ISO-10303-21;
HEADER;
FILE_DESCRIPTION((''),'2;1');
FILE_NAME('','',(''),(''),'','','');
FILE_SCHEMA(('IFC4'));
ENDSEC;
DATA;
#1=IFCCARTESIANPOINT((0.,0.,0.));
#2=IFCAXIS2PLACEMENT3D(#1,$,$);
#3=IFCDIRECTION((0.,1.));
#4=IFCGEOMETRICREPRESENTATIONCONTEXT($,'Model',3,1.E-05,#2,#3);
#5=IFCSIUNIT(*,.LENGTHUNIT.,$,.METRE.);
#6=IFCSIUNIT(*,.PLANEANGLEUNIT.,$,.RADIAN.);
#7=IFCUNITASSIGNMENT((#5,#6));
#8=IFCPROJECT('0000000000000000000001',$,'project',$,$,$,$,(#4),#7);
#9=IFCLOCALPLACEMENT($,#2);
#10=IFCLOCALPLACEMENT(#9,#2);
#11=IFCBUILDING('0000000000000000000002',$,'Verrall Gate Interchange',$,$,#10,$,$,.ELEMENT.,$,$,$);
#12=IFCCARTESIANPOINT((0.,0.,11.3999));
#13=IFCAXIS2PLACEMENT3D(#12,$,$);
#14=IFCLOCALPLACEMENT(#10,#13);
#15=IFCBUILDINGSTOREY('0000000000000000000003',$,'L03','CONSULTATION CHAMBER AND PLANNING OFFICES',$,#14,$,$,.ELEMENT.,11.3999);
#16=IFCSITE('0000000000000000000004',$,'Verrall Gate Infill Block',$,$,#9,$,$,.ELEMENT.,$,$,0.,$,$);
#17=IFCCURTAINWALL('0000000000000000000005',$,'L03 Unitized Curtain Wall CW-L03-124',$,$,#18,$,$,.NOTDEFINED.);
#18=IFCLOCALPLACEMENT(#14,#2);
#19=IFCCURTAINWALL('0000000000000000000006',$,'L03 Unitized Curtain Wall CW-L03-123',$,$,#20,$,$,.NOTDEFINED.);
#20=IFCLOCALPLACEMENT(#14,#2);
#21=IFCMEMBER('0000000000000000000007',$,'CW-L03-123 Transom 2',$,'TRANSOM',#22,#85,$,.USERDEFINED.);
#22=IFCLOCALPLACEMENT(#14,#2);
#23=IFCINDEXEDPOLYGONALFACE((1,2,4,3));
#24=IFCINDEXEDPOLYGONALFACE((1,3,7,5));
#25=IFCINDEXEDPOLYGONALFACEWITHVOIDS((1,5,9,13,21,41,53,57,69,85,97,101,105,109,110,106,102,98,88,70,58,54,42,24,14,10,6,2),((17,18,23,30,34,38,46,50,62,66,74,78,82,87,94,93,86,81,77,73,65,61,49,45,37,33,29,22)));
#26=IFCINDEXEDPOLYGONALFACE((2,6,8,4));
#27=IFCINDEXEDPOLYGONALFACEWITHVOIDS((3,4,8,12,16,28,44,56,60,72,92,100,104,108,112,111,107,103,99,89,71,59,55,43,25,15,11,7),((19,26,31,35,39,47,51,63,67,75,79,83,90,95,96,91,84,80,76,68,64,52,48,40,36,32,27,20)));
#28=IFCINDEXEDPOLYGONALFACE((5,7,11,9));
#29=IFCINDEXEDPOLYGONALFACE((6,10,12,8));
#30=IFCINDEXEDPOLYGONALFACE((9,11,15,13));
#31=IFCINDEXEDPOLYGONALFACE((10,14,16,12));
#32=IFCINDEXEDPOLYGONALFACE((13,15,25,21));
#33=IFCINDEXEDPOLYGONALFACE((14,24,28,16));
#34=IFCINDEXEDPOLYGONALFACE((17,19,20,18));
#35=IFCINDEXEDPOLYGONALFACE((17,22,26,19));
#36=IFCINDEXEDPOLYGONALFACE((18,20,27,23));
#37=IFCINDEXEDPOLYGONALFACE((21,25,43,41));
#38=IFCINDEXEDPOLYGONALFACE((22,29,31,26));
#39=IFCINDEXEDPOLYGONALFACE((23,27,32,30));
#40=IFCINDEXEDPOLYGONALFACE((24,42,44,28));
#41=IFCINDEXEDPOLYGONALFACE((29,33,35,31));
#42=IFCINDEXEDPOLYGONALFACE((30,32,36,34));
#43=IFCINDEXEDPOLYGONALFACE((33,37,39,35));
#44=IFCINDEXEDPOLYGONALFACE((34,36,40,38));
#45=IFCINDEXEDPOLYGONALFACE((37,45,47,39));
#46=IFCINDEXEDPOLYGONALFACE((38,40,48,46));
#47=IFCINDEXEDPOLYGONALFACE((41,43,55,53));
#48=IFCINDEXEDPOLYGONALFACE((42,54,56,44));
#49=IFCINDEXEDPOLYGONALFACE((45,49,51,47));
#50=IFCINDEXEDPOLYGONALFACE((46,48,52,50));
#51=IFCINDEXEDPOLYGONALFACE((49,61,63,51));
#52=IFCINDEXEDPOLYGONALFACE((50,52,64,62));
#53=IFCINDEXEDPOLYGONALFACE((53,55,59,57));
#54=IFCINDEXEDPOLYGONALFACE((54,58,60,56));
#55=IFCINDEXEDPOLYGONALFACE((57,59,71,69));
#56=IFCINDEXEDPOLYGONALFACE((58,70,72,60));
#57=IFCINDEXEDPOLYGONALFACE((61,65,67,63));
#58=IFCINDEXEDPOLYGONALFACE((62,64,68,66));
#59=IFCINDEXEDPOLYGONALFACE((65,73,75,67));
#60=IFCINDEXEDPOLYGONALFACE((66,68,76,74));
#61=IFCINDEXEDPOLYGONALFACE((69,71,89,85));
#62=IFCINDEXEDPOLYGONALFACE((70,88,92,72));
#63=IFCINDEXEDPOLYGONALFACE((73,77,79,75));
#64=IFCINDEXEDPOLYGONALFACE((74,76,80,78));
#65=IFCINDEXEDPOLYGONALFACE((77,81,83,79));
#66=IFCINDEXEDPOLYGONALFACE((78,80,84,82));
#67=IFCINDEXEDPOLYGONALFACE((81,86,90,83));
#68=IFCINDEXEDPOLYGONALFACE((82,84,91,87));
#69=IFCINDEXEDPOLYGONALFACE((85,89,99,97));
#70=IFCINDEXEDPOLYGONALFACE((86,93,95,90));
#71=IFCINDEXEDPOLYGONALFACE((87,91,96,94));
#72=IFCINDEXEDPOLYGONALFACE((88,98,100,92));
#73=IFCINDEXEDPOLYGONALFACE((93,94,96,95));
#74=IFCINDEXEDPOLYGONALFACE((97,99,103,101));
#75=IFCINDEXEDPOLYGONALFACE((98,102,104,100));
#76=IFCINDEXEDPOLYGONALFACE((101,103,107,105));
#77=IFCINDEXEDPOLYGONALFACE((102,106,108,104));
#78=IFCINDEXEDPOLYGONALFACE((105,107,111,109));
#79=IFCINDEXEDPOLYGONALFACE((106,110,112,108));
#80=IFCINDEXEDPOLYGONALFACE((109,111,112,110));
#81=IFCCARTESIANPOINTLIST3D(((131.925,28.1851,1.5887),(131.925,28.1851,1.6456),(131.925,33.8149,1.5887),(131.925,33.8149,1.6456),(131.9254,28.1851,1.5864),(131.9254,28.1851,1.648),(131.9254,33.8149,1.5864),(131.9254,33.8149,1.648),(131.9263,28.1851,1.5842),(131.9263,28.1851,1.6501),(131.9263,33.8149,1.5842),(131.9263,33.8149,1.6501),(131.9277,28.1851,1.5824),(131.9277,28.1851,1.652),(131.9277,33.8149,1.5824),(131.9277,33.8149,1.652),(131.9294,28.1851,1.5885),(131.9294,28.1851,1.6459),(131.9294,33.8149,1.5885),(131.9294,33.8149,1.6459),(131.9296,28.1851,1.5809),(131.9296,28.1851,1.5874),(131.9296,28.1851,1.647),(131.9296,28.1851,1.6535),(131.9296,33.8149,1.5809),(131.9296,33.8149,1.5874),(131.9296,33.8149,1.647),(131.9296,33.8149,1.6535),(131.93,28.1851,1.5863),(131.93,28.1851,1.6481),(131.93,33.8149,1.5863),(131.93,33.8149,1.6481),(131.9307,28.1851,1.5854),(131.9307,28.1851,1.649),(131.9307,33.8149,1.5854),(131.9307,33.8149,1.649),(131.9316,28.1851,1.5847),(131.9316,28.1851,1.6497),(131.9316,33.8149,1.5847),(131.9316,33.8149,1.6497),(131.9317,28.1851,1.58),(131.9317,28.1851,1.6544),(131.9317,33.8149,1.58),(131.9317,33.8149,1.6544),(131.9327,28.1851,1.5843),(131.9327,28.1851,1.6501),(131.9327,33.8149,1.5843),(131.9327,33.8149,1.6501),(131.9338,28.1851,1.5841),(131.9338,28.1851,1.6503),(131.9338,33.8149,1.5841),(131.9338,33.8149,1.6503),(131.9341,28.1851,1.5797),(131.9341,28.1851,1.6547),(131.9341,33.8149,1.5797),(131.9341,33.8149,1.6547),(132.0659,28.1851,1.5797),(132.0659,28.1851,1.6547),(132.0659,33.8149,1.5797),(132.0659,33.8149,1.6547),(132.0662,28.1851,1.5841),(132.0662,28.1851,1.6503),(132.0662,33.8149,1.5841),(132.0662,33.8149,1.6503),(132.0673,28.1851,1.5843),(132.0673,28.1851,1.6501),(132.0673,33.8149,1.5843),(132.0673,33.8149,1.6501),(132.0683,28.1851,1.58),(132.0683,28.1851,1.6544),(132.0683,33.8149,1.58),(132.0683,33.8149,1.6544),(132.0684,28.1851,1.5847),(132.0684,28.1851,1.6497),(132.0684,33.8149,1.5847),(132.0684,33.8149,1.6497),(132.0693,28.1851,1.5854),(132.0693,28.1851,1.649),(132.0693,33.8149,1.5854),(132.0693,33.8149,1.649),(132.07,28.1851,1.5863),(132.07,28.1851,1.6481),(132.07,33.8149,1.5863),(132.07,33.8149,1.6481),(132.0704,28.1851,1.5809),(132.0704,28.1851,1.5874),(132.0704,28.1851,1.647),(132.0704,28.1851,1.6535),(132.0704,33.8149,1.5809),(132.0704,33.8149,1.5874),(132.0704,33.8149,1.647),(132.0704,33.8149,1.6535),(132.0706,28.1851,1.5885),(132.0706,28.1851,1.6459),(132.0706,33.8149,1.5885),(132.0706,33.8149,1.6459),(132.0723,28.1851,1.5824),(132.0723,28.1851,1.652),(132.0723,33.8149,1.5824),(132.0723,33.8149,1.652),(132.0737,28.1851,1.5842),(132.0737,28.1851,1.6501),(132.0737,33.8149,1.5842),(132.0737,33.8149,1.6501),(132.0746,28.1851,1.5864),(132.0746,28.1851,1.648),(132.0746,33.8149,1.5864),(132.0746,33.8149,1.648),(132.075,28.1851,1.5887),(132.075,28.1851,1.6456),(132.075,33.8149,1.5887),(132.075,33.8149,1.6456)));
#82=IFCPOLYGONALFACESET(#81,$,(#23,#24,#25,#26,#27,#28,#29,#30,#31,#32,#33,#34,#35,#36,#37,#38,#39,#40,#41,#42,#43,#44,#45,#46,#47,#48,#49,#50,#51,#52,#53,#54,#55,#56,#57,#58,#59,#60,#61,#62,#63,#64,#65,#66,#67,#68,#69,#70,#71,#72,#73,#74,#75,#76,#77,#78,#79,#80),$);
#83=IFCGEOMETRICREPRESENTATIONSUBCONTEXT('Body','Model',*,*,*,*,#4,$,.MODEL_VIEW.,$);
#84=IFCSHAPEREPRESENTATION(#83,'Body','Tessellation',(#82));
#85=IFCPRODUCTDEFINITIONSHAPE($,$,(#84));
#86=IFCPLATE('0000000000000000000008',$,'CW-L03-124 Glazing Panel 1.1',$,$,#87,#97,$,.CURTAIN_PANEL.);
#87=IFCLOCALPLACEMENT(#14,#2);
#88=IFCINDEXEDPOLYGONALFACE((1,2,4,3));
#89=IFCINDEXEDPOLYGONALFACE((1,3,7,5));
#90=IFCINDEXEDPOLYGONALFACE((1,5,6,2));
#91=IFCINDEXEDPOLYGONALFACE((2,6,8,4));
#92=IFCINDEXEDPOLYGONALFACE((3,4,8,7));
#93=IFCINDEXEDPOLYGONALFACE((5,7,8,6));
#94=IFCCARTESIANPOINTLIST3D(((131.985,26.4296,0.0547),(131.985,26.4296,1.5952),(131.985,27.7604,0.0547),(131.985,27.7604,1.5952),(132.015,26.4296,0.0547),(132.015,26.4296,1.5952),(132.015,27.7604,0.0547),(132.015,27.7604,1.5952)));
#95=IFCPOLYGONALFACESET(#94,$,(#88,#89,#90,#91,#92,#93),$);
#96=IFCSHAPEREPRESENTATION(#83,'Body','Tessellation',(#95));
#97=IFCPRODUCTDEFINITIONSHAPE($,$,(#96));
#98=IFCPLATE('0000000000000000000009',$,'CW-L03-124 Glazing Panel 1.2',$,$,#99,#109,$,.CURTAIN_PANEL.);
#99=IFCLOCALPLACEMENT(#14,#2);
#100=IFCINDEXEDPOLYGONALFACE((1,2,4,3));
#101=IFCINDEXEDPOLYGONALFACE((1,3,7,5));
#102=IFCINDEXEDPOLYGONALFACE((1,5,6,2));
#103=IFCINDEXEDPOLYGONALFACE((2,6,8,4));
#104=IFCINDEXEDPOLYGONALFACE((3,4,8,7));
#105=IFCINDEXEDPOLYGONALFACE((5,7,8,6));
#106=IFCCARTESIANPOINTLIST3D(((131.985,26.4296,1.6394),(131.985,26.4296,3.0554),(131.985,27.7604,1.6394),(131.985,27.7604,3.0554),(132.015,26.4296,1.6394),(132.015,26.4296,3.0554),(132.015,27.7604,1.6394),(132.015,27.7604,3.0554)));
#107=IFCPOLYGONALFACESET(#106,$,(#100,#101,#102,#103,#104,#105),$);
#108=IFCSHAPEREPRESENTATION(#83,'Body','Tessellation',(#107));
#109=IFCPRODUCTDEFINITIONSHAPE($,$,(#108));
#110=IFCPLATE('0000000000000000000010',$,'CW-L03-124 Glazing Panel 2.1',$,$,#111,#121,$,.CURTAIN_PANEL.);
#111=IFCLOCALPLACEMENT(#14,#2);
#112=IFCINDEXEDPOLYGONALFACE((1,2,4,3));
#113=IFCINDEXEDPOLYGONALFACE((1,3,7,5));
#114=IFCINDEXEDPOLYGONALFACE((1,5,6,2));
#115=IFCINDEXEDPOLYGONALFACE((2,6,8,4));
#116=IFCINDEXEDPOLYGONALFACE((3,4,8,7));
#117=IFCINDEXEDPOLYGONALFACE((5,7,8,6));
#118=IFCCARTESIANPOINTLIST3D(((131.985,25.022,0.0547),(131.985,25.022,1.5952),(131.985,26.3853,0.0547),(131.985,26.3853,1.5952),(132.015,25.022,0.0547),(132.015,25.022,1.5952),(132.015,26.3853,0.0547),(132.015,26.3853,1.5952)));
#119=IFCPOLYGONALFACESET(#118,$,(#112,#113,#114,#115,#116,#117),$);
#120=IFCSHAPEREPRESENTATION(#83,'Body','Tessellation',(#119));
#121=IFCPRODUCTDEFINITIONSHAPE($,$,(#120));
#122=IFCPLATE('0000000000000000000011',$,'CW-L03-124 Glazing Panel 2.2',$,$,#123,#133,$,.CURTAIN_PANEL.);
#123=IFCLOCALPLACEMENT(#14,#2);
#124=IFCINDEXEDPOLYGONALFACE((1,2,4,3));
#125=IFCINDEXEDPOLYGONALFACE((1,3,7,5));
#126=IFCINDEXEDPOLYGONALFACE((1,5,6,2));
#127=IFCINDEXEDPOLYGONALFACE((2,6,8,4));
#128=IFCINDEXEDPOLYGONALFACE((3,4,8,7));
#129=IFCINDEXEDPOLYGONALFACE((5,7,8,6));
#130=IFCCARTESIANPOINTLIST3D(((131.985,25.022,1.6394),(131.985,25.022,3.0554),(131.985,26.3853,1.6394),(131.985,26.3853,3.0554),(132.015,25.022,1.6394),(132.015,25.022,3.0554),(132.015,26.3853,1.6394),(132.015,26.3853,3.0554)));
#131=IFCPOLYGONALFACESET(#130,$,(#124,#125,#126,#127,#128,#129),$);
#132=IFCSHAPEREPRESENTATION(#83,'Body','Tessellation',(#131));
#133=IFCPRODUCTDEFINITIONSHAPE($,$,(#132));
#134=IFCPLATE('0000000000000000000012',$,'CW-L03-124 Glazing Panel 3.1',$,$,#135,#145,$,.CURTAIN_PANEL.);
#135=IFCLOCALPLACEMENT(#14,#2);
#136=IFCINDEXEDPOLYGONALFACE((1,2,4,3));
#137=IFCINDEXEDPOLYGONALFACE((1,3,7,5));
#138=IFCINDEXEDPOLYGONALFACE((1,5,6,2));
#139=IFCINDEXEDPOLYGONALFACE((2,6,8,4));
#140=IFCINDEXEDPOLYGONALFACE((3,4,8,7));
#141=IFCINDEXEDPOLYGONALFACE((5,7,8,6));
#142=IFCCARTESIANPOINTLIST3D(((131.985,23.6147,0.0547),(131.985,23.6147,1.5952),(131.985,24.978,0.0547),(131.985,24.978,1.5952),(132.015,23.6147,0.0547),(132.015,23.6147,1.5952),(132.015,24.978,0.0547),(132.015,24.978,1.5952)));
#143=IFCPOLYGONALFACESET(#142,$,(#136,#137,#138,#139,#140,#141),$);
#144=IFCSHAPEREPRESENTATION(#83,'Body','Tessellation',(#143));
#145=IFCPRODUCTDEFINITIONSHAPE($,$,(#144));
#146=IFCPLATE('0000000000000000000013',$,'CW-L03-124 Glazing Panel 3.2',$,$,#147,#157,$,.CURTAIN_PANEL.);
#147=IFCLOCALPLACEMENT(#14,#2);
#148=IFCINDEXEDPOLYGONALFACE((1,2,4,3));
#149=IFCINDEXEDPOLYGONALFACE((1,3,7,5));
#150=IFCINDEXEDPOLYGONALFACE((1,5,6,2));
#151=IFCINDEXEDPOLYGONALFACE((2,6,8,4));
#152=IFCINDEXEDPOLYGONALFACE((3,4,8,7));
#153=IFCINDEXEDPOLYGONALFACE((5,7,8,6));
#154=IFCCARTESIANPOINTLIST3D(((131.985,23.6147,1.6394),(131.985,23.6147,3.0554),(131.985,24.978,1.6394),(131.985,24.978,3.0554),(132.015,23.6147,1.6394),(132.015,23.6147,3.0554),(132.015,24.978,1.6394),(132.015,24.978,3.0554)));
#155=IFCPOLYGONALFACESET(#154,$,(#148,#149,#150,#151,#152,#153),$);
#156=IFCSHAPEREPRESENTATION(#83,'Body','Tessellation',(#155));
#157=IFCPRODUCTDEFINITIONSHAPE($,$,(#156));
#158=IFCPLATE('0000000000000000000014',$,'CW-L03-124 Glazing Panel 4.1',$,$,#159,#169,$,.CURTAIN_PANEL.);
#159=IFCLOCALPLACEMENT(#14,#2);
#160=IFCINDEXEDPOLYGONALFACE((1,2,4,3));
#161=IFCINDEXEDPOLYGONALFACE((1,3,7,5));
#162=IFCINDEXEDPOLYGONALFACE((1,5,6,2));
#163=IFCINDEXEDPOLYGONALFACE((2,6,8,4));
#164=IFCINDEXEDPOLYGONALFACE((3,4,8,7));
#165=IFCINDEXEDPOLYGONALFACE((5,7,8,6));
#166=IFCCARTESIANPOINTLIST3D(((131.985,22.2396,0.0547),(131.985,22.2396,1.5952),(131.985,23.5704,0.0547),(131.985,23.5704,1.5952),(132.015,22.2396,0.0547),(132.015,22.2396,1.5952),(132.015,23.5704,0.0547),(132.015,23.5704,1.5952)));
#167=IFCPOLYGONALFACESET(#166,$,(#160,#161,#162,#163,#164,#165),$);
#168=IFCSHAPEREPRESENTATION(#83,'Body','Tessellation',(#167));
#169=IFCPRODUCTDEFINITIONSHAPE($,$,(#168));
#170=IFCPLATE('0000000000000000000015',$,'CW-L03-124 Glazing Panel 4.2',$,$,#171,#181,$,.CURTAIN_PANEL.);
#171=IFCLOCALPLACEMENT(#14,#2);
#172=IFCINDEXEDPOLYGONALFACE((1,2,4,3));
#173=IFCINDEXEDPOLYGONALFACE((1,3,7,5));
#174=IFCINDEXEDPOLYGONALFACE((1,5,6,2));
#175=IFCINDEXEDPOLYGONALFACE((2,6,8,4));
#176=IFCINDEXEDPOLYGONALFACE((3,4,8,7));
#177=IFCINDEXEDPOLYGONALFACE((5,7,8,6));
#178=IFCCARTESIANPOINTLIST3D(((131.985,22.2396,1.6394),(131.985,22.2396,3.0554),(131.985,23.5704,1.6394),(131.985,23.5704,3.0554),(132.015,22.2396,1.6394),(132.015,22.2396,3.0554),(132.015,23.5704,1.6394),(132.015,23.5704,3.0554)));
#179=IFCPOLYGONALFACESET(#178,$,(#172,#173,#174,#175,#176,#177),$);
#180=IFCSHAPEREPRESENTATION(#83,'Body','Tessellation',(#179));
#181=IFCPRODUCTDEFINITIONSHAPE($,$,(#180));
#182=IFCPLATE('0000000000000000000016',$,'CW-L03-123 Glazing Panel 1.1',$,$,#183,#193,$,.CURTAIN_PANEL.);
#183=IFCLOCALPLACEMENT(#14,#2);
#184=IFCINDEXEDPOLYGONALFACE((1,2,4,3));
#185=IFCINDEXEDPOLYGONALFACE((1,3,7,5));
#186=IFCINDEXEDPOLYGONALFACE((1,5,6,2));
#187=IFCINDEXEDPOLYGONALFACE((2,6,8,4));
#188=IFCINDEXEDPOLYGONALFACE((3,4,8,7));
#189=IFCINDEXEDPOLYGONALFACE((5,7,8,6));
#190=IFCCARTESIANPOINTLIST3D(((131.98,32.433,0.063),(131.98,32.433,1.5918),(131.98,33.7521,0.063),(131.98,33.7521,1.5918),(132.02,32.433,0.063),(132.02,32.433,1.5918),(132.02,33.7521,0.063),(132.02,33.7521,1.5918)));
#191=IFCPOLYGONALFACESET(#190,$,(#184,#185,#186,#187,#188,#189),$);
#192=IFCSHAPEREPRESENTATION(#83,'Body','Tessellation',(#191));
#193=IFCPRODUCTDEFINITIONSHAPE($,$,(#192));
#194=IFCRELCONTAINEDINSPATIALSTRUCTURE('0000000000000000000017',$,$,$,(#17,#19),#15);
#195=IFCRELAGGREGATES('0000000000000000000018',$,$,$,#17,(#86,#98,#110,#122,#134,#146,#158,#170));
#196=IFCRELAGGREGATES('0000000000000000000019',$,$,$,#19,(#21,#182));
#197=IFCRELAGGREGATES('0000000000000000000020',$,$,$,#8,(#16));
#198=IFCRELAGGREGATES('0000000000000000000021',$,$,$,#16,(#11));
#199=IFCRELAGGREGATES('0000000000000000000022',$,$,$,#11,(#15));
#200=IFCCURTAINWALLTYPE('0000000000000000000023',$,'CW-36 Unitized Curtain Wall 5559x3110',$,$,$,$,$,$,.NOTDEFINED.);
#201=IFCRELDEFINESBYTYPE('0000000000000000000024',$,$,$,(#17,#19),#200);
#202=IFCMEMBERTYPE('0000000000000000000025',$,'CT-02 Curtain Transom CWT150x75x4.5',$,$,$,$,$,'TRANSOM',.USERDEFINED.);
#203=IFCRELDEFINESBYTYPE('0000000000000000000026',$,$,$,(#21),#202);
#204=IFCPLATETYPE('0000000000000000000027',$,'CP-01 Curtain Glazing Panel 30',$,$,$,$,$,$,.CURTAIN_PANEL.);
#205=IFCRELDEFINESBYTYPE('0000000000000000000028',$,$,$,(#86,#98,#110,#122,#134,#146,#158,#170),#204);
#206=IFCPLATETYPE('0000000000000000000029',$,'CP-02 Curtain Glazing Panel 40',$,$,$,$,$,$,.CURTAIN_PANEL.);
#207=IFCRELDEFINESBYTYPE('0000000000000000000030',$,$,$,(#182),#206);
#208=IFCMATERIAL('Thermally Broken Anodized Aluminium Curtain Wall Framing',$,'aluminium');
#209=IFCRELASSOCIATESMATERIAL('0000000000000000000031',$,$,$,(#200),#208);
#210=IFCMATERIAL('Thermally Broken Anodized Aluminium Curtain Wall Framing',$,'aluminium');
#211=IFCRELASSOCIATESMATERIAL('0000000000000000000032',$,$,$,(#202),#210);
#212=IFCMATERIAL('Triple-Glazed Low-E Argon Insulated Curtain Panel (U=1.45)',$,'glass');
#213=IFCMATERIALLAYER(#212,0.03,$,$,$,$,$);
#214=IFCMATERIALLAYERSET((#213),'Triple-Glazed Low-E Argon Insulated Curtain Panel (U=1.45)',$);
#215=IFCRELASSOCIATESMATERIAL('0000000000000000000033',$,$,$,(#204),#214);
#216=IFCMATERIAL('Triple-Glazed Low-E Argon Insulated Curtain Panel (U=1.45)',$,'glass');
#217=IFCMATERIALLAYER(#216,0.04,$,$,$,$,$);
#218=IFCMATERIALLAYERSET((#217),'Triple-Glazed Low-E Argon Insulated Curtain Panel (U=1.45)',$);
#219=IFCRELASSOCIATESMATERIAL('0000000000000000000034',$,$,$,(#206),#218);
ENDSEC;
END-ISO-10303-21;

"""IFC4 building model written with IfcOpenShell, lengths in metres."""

from ifc_helpers import new_model, si_unit, direction, frame, origin, origin_2d, place, context, subcontext, project, spatial, rectangle, hollow_rectangle, extrude, material, layer, layer_set, material_profile, profile_set, type_object, element, aggregate, save


model = new_model("IFC4")

# Units and contexts
model_context = context("Model", 3, precision=1e-05, world=origin(), true_north=direction((0.0, 1.0)))
body_context = subcontext(model_context, "Body", "Model", "MODEL_VIEW")
ifc_project = project(units=[si_unit("LENGTHUNIT", "METRE"), si_unit("PLANEANGLEUNIT", "RADIAN")], contexts=[model_context])

# Site, building, storey
site_placement = place(None, origin())
site = spatial("IfcSite", under=ifc_project, at=site_placement, Name="Verrall Gate Infill Block", CompositionType="ELEMENT", RefElevation=0.0)
building_placement = place(site_placement, origin())
building = spatial("IfcBuilding", under=site, at=building_placement, Name="Verrall Gate Interchange", CompositionType="ELEMENT")
storey_placement = place(building_placement, frame((0.0, 0.0, 11.3999)))
storey = spatial("IfcBuildingStorey", under=building, at=storey_placement, Name="L03", Description="CONSULTATION CHAMBER AND PLANNING OFFICES", CompositionType="ELEMENT", Elevation=11.3999)

# Curtain wall
ifc_material_1 = material(Name="Thermally Broken Anodized Aluminium Curtain Wall Framing", Category="aluminium")
curtain_wall_type = type_object("IfcCurtainWallType", Name="CW-36 Unitized Curtain Wall 5559x3110", PredefinedType="NOTDEFINED", material=ifc_material_1)
curtain_wall_1_placement = place(storey_placement, origin())
curtain_wall_1 = element("IfcCurtainWall", 1, at=curtain_wall_1_placement, inside=storey, type_object=curtain_wall_type, Name="L03 Unitized Curtain Wall CW-L03-124", PredefinedType="NOTDEFINED")

# Curtain wall
curtain_wall_2_placement = place(storey_placement, origin())
curtain_wall_2 = element("IfcCurtainWall", 2, at=curtain_wall_2_placement, inside=storey, type_object=curtain_wall_type, Name="L03 Unitized Curtain Wall CW-L03-123", PredefinedType="NOTDEFINED")

# Member
ifc_material_2 = material(Name="Thermally Broken Anodized Aluminium Curtain Wall Framing", Category="aluminium")
ifc_material_profile_1 = material_profile(ifc_material_2, hollow_rectangle(XDim=0.1499, YDim=0.075, WallThickness=0.0044, InnerFilletRadius=0.0044, OuterFilletRadius=0.009, at=origin_2d()), Name="CWT150x75x4.5")
ifc_profile_set_1 = profile_set([ifc_material_profile_1], Name="Thermally Broken Anodized Aluminium Curtain Wall Framing")
member_type_1 = type_object("IfcMemberType", Name="CT-02 Curtain Transom CWT150x75x4.5", ElementType="TRANSOM", PredefinedType="USERDEFINED", material=ifc_profile_set_1)
member_1_placement = place(storey_placement, frame((132.0, 33.8149, 1.6172), z_axis=(0.0, -1.0, 0.0), x_axis=(1.0, 0.0, 0.0)))
member_1 = element("IfcMember", 3, at=member_1_placement, type_object=member_type_1, Name="CW-L03-123 Transom 2", ObjectType="TRANSOM", PredefinedType="USERDEFINED", context=body_context, shape_type="SweptSolid", body=[
    extrude(hollow_rectangle(XDim=0.1499, YDim=0.075, WallThickness=0.0044, InnerFilletRadius=0.0044, OuterFilletRadius=0.009, at=origin_2d()), origin(), (0.0, 0.0, 1.0), 5.6299),
])

# Plates
ifc_material_3 = material(Name="Triple-Glazed Low-E Argon Insulated Curtain Panel (U=1.45)", Category="glass")
ifc_layer_1 = layer(ifc_material_3, 0.03)
ifc_layer_set_1 = layer_set([ifc_layer_1], Name="Triple-Glazed Low-E Argon Insulated Curtain Panel (U=1.45)")
plate_type_1 = type_object("IfcPlateType", Name="CP-01 Curtain Glazing Panel 30", PredefinedType="CURTAIN_PANEL", material=ifc_layer_set_1)
plate_1_placement = place(storey_placement, frame((132.0, 27.095, 0.0547), z_axis=(0.0, 0.0, 1.0), x_axis=(0.0, -1.0, 0.0)))
plate_1 = element("IfcPlate", 4, at=plate_1_placement, type_object=plate_type_1, Name="CW-L03-124 Glazing Panel 1.1", PredefinedType="CURTAIN_PANEL", context=body_context, shape_type="SweptSolid", body=[
    extrude(rectangle(XDim=1.3308, YDim=0.03, at=origin_2d()), origin(), (0.0, 0.0, 1.0), 1.5405),
])
plate_2_placement = place(storey_placement, frame((132.0, 27.095, 1.6394), z_axis=(0.0, 0.0, 1.0), x_axis=(0.0, -1.0, 0.0)))
plate_2 = element("IfcPlate", 5, at=plate_2_placement, type_object=plate_type_1, Name="CW-L03-124 Glazing Panel 1.2", PredefinedType="CURTAIN_PANEL", context=body_context, shape_type="SweptSolid", body=[
    extrude(rectangle(XDim=1.3308, YDim=0.03, at=origin_2d()), origin(), (0.0, 0.0, 1.0), 1.416),
])
plate_3_placement = place(storey_placement, frame((132.0, 25.7036, 0.0547), z_axis=(0.0, 0.0, 1.0), x_axis=(0.0, -1.0, 0.0)))
plate_3 = element("IfcPlate", 6, at=plate_3_placement, type_object=plate_type_1, Name="CW-L03-124 Glazing Panel 2.1", PredefinedType="CURTAIN_PANEL", context=body_context, shape_type="SweptSolid", body=[
    extrude(rectangle(XDim=1.3633, YDim=0.03, at=origin_2d()), origin(), (0.0, 0.0, 1.0), 1.5405),
])
plate_4_placement = place(storey_placement, frame((132.0, 25.7036, 1.6394), z_axis=(0.0, 0.0, 1.0), x_axis=(0.0, -1.0, 0.0)))
plate_4 = element("IfcPlate", 7, at=plate_4_placement, type_object=plate_type_1, Name="CW-L03-124 Glazing Panel 2.2", PredefinedType="CURTAIN_PANEL", context=body_context, shape_type="SweptSolid", body=[
    extrude(rectangle(XDim=1.3633, YDim=0.03, at=origin_2d()), origin(), (0.0, 0.0, 1.0), 1.416),
])
plate_5_placement = place(storey_placement, frame((132.0, 24.2964, 0.0547), z_axis=(0.0, 0.0, 1.0), x_axis=(0.0, -1.0, 0.0)))
plate_5 = element("IfcPlate", 8, at=plate_5_placement, type_object=plate_type_1, Name="CW-L03-124 Glazing Panel 3.1", PredefinedType="CURTAIN_PANEL", context=body_context, shape_type="SweptSolid", body=[
    extrude(rectangle(XDim=1.3633, YDim=0.03, at=origin_2d()), origin(), (0.0, 0.0, 1.0), 1.5405),
])
plate_6_placement = place(storey_placement, frame((132.0, 24.2964, 1.6394), z_axis=(0.0, 0.0, 1.0), x_axis=(0.0, -1.0, 0.0)))
plate_6 = element("IfcPlate", 9, at=plate_6_placement, type_object=plate_type_1, Name="CW-L03-124 Glazing Panel 3.2", PredefinedType="CURTAIN_PANEL", context=body_context, shape_type="SweptSolid", body=[
    extrude(rectangle(XDim=1.3633, YDim=0.03, at=origin_2d()), origin(), (0.0, 0.0, 1.0), 1.416),
])
plate_7_placement = place(storey_placement, frame((132.0, 22.905, 0.0547), z_axis=(0.0, 0.0, 1.0), x_axis=(0.0, -1.0, 0.0)))
plate_7 = element("IfcPlate", 10, at=plate_7_placement, type_object=plate_type_1, Name="CW-L03-124 Glazing Panel 4.1", PredefinedType="CURTAIN_PANEL", context=body_context, shape_type="SweptSolid", body=[
    extrude(rectangle(XDim=1.3308, YDim=0.03, at=origin_2d()), origin(), (0.0, 0.0, 1.0), 1.5405),
])
plate_8_placement = place(storey_placement, frame((132.0, 22.905, 1.6394), z_axis=(0.0, 0.0, 1.0), x_axis=(0.0, -1.0, 0.0)))
plate_8 = element("IfcPlate", 11, at=plate_8_placement, type_object=plate_type_1, Name="CW-L03-124 Glazing Panel 4.2", PredefinedType="CURTAIN_PANEL", context=body_context, shape_type="SweptSolid", body=[
    extrude(rectangle(XDim=1.3308, YDim=0.03, at=origin_2d()), origin(), (0.0, 0.0, 1.0), 1.416),
])
aggregate(curtain_wall_1, [plate_1, plate_2, plate_3, plate_4, plate_5, plate_6, plate_7, plate_8])
ifc_material_4 = material(Name="Triple-Glazed Low-E Argon Insulated Curtain Panel (U=1.45)", Category="glass")
ifc_layer_2 = layer(ifc_material_4, 0.04)
ifc_layer_set_2 = layer_set([ifc_layer_2], Name="Triple-Glazed Low-E Argon Insulated Curtain Panel (U=1.45)")
plate_type_2 = type_object("IfcPlateType", Name="CP-02 Curtain Glazing Panel 40", PredefinedType="CURTAIN_PANEL", material=ifc_layer_set_2)
plate_9_placement = place(storey_placement, frame((132.0, 33.0925, 0.063), z_axis=(0.0, 0.0, 1.0), x_axis=(0.0, -1.0, 0.0)))
plate_9 = element("IfcPlate", 12, at=plate_9_placement, type_object=plate_type_2, Name="CW-L03-123 Glazing Panel 1.1", PredefinedType="CURTAIN_PANEL", context=body_context, shape_type="SweptSolid", body=[
    extrude(rectangle(XDim=1.3191, YDim=0.04, at=origin_2d()), origin(), (0.0, 0.0, 1.0), 1.5288),
])
aggregate(curtain_wall_2, [member_1, plate_9])

save(model, "model.ifc")
